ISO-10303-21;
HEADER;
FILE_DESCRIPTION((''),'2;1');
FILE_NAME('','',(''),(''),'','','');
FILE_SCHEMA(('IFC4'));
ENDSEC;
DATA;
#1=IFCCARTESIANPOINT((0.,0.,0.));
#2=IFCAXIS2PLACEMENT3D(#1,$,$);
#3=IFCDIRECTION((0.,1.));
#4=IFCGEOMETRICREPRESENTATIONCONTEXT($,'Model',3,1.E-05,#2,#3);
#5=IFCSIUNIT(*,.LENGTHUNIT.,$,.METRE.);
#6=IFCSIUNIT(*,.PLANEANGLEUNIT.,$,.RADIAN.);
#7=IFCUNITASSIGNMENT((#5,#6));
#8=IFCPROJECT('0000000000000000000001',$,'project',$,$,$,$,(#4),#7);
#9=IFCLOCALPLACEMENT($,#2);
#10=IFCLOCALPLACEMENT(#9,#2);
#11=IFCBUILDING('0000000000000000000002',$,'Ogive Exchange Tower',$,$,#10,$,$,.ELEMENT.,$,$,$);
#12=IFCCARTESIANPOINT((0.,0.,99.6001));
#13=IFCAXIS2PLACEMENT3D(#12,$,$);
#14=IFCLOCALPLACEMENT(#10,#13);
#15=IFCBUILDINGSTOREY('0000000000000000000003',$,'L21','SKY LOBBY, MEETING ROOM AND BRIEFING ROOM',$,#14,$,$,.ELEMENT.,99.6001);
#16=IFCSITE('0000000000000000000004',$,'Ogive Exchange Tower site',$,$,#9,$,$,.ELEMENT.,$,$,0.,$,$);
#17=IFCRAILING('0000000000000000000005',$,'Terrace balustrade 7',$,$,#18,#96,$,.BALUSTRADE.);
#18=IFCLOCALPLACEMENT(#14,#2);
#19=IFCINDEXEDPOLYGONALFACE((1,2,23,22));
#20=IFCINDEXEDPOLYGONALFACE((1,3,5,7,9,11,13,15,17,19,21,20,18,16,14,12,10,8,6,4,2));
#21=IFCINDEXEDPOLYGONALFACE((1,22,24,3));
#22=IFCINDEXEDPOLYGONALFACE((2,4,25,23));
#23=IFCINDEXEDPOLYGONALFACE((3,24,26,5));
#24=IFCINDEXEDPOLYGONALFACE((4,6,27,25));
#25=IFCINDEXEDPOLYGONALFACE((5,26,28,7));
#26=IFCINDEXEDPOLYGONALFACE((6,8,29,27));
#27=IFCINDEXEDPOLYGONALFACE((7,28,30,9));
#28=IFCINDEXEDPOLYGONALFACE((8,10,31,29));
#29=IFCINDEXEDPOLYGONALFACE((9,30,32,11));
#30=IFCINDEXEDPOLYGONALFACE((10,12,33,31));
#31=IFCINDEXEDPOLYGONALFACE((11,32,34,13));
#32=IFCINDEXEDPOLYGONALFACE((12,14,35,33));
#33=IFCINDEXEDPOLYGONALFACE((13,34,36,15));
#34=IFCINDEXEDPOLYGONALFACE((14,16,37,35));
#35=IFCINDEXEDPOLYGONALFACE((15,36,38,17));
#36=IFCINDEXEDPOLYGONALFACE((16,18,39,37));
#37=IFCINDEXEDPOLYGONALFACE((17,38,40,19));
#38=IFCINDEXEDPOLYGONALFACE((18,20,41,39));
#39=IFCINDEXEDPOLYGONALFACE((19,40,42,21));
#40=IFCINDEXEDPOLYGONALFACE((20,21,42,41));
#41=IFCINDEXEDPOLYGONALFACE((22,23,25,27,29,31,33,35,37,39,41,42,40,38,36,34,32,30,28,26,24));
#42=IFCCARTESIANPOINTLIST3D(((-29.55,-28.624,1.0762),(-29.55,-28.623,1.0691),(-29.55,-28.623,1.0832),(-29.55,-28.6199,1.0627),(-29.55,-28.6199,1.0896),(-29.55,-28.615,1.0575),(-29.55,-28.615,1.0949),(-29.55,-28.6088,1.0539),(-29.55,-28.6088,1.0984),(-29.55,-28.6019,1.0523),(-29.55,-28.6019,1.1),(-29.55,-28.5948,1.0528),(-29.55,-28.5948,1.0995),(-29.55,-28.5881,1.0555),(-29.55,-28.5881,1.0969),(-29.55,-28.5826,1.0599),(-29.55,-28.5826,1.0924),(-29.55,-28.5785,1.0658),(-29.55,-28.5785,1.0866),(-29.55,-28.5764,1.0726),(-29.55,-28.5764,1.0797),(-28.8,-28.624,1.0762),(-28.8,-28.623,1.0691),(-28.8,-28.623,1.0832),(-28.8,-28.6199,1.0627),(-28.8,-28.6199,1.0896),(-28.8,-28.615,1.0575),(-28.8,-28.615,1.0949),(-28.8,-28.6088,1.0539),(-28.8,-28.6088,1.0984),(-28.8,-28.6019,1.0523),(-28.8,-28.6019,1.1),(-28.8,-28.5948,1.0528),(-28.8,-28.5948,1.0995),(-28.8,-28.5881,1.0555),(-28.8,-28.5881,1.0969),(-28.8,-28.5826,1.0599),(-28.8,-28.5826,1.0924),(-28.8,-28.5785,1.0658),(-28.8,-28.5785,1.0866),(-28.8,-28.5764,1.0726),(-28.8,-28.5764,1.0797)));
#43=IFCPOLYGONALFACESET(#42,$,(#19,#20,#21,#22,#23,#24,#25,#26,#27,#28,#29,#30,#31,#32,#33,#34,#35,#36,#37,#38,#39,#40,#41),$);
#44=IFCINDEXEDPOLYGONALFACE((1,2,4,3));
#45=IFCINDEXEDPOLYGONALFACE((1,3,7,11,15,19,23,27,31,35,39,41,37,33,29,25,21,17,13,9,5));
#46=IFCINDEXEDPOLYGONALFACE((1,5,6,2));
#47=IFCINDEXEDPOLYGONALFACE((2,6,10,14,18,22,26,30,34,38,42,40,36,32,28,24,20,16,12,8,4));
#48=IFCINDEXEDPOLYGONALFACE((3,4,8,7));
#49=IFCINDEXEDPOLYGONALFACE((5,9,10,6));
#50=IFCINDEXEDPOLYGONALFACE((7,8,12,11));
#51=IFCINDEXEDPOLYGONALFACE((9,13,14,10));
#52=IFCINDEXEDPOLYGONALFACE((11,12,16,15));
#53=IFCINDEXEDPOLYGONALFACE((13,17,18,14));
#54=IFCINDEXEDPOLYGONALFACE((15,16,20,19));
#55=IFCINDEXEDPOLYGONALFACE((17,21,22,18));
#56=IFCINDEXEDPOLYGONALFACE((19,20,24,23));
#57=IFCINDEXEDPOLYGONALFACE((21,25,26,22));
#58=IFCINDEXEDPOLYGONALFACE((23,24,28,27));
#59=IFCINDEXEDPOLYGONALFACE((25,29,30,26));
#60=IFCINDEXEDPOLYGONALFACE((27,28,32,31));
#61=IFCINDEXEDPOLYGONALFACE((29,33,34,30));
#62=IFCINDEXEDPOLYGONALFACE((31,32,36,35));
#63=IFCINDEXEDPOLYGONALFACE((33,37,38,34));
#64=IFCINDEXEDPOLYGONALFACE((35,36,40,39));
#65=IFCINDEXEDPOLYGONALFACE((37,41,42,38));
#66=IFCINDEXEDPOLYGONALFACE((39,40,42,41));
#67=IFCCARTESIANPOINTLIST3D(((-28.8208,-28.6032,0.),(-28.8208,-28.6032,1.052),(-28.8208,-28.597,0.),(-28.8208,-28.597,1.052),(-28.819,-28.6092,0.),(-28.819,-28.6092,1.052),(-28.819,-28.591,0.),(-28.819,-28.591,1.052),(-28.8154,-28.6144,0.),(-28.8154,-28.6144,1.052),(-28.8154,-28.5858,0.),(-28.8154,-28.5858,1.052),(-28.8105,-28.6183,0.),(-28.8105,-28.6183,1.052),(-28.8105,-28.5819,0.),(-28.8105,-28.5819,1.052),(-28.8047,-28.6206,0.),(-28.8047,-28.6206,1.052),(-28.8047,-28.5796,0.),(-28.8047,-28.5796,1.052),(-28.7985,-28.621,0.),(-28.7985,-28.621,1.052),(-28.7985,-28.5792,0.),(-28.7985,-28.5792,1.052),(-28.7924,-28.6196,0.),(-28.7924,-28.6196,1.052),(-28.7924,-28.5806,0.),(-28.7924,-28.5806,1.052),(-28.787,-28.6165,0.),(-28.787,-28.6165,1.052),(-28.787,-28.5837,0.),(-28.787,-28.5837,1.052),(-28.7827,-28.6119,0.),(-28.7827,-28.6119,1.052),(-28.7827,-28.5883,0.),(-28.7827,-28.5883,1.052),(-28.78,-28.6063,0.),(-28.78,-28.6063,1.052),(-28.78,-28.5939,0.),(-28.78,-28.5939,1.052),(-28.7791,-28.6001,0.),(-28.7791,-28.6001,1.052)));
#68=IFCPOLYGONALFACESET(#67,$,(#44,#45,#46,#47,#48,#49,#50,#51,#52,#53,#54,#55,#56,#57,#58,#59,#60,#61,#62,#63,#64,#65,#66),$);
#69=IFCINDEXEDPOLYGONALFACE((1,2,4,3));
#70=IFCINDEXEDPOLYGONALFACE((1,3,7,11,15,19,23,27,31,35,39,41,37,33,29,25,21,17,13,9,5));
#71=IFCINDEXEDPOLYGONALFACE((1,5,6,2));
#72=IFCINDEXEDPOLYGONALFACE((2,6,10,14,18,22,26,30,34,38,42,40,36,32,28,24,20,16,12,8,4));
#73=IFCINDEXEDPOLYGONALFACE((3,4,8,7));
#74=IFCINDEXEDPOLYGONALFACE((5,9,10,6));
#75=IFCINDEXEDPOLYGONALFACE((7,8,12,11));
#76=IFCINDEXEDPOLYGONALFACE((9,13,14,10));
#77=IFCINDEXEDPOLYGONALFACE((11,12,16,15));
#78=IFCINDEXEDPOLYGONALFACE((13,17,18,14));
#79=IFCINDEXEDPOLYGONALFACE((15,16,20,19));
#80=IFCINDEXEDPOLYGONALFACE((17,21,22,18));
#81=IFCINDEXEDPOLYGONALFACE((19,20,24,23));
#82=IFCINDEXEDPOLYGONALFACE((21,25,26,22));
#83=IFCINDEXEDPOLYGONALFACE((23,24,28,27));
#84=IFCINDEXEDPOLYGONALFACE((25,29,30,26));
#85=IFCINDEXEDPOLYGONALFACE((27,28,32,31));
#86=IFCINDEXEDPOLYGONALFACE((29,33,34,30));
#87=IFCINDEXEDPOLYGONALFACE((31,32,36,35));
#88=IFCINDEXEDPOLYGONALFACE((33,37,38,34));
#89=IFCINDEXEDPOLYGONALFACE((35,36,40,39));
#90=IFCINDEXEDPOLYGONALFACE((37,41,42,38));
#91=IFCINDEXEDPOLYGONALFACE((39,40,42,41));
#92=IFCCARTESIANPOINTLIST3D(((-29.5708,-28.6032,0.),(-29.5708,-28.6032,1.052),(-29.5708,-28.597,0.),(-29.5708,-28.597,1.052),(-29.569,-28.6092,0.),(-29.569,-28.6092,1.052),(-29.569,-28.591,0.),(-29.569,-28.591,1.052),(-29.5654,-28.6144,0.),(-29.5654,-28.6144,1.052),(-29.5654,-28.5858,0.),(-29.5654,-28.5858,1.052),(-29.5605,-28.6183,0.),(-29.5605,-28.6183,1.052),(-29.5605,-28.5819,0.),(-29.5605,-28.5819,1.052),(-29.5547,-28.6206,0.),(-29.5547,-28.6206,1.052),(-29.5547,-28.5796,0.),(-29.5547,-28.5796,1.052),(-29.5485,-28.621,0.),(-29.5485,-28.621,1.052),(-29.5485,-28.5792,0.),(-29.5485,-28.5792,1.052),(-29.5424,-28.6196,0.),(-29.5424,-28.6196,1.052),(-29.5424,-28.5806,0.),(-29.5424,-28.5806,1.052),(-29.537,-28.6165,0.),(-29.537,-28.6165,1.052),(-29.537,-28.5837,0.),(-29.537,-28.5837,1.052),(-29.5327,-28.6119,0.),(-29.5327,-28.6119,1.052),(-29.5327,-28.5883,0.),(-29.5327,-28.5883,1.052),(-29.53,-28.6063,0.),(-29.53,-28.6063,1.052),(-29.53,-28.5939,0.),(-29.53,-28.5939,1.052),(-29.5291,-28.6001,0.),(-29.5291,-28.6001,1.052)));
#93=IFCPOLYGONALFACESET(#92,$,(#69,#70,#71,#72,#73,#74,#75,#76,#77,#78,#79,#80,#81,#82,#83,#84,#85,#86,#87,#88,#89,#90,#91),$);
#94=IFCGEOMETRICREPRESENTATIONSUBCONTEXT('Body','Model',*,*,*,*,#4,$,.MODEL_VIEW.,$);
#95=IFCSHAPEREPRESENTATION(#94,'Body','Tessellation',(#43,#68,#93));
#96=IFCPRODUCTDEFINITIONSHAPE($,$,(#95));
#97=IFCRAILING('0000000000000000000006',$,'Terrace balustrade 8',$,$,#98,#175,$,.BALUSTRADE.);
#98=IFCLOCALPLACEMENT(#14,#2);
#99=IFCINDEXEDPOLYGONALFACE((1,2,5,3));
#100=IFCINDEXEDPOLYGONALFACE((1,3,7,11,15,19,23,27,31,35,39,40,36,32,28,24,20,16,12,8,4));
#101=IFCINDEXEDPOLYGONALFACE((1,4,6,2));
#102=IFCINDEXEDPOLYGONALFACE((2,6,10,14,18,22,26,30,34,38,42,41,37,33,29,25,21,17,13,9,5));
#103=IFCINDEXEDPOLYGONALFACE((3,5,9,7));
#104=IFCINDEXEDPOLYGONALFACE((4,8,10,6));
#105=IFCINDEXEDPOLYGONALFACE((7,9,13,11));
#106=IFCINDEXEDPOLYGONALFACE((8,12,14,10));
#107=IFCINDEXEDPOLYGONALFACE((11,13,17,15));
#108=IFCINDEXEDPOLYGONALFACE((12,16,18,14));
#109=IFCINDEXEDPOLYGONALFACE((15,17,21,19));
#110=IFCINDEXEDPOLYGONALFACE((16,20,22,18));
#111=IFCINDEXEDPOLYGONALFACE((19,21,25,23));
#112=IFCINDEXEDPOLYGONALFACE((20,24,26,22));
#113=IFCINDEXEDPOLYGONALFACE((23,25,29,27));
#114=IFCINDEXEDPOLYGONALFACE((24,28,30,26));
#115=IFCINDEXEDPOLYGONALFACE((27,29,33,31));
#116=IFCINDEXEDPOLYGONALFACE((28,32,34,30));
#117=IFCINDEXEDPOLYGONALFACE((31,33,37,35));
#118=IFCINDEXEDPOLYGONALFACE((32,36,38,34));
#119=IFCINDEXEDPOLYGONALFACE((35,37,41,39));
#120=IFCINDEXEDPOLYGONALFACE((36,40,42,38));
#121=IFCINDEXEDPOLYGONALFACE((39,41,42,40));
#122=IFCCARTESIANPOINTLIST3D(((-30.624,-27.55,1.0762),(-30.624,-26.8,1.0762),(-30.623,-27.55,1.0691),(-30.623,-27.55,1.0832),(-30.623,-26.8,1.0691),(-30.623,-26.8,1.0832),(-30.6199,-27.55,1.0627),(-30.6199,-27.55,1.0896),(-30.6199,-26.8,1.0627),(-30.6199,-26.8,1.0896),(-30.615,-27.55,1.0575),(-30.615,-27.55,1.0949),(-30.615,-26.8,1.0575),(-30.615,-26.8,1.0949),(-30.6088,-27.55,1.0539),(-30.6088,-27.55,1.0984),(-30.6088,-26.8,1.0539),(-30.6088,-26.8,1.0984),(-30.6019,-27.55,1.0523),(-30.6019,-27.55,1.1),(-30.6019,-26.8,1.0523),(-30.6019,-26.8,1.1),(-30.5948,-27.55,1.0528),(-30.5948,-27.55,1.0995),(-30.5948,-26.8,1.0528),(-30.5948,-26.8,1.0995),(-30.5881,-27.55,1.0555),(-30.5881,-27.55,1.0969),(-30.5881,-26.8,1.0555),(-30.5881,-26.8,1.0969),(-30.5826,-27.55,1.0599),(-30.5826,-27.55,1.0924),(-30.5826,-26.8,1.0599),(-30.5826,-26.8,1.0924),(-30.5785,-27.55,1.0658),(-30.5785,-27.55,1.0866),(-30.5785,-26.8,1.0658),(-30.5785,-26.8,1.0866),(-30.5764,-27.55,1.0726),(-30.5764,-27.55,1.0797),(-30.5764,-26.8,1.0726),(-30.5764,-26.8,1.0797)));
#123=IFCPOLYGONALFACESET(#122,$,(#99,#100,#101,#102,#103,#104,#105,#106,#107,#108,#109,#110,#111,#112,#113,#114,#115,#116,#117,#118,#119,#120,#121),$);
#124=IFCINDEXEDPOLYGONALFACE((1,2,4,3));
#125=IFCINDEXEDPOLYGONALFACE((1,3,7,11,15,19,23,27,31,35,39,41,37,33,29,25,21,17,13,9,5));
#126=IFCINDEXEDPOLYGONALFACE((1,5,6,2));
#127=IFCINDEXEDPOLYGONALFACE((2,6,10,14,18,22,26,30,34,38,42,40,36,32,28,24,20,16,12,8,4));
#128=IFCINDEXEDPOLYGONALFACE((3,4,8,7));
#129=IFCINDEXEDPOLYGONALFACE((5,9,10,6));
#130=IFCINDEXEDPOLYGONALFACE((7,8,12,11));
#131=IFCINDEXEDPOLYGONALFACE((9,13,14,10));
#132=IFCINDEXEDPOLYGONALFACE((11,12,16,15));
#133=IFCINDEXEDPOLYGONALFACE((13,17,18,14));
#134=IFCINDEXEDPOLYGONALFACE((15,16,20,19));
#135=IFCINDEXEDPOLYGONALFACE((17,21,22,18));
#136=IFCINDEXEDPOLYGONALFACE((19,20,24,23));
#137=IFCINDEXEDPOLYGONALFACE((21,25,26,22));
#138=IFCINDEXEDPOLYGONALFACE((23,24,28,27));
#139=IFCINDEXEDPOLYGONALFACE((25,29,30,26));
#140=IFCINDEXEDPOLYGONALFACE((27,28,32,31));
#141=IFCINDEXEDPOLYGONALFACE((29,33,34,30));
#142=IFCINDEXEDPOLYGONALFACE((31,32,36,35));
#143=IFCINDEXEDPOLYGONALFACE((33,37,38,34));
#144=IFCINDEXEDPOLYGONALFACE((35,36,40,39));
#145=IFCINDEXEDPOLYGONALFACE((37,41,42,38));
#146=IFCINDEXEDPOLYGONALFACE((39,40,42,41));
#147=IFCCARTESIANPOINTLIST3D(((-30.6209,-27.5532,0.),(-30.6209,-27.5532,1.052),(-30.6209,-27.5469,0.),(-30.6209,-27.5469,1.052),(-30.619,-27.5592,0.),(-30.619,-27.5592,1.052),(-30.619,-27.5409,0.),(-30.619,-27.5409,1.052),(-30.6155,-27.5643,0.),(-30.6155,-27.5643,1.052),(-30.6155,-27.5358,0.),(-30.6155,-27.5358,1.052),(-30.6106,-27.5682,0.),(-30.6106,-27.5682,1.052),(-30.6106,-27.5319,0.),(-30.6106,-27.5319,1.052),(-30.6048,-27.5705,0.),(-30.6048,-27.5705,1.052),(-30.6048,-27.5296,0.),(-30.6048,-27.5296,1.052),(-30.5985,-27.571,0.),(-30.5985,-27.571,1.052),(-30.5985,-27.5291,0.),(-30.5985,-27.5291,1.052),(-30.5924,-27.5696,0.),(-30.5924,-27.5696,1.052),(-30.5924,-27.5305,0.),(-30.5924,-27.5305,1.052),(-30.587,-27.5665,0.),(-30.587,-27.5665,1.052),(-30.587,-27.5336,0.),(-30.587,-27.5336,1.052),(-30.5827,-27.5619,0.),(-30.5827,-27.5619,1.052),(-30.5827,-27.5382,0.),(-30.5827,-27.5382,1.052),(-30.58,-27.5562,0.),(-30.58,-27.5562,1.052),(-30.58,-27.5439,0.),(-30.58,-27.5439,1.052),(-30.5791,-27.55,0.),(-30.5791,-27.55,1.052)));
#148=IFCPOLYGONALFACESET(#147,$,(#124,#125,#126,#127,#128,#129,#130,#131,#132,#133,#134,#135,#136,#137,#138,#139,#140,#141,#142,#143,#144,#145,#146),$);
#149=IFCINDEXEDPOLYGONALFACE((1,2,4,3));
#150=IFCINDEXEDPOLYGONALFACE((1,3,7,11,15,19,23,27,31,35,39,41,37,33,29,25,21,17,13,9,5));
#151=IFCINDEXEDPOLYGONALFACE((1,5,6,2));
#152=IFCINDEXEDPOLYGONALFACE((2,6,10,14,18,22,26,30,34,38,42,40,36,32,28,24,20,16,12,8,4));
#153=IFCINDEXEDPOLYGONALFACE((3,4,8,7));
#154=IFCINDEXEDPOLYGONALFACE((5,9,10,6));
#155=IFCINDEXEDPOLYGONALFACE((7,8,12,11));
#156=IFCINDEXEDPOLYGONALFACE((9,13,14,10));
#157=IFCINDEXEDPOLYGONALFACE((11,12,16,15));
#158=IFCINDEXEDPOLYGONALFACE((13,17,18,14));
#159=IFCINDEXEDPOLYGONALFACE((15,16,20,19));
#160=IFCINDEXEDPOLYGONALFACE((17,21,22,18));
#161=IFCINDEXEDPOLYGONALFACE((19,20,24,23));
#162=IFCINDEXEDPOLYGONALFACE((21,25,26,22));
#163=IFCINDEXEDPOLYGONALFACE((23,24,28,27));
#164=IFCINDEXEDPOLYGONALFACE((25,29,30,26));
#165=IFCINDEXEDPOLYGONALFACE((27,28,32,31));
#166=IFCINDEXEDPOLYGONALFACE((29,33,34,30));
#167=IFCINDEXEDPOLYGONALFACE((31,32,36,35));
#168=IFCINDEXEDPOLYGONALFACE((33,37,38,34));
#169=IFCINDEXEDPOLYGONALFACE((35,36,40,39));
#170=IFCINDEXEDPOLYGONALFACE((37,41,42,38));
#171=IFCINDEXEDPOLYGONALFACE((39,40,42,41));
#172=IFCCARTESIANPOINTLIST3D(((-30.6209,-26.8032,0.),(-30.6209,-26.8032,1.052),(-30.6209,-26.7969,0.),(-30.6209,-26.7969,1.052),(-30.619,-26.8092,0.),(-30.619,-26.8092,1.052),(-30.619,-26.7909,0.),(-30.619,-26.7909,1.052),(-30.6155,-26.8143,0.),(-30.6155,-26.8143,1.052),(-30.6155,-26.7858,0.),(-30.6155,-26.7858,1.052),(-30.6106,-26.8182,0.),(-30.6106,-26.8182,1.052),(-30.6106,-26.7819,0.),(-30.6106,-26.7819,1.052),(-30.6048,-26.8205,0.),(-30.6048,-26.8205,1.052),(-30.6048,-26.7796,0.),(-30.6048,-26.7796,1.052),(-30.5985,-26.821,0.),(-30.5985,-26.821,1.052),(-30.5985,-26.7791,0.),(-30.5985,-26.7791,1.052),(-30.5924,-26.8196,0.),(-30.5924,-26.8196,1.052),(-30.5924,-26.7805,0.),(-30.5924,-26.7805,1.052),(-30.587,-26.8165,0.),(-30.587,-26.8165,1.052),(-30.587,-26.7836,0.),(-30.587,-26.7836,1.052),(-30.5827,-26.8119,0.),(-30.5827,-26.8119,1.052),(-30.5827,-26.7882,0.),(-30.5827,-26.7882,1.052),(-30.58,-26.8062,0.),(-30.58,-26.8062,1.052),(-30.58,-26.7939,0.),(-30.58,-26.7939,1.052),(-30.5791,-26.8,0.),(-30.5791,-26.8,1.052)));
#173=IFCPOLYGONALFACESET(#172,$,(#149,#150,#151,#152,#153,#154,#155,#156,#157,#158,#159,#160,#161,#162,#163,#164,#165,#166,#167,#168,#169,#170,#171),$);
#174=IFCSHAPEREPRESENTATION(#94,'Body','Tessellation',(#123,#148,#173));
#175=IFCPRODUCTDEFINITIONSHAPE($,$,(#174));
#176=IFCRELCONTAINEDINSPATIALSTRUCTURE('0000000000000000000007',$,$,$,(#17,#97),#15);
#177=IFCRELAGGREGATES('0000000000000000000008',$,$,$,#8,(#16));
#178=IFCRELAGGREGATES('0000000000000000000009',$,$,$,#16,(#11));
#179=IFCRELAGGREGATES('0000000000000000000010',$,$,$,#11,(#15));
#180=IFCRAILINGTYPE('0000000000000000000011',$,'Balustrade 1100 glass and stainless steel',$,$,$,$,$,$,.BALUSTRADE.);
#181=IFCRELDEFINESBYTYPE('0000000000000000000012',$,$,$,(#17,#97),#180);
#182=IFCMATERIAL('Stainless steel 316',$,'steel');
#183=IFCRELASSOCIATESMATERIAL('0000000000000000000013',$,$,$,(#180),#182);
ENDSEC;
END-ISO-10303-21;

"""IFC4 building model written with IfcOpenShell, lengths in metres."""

from ifc_helpers import new_model, si_unit, direction, frame, origin, origin_2d, place, context, subcontext, project, spatial, circle, extrude, material, type_object, element, save


model = new_model("IFC4")

# Units and contexts
model_context = context("Model", 3, precision=1e-05, world=origin(), true_north=direction((0.0, 1.0)))
body_context = subcontext(model_context, "Body", "Model", "MODEL_VIEW")
ifc_project = project(units=[si_unit("LENGTHUNIT", "METRE"), si_unit("PLANEANGLEUNIT", "RADIAN")], contexts=[model_context])

# Site, building, storey
site_placement = place(None, origin())
site = spatial("IfcSite", under=ifc_project, at=site_placement, Name="Ogive Exchange Tower site", CompositionType="ELEMENT", RefElevation=0.0)
building_placement = place(site_placement, origin())
building = spatial("IfcBuilding", under=site, at=building_placement, Name="Ogive Exchange Tower", CompositionType="ELEMENT")
storey_placement = place(building_placement, frame((0.0, 0.0, 99.6001)))
storey = spatial("IfcBuildingStorey", under=building, at=storey_placement, Name="L21", Description="SKY LOBBY, MEETING ROOM AND BRIEFING ROOM", CompositionType="ELEMENT", Elevation=99.6001)

# Railings
ifc_material_1 = material(Name="Stainless steel 316", Category="steel")
railing_type = type_object("IfcRailingType", Name="Balustrade 1100 glass and stainless steel", PredefinedType="BALUSTRADE", material=ifc_material_1)
railing_1_placement = place(storey_placement, frame((-28.8, -28.6001, 0.0)))
element("IfcRailing", 1, at=railing_1_placement, inside=storey, type_object=railing_type, Name="Terrace balustrade 7", PredefinedType="BALUSTRADE", context=body_context, shape_type="SweptSolid", body=[
    extrude(circle(Radius=0.0239, at=origin_2d()), frame((0.0, 0.0, 1.0762), z_axis=(-1.0, 0.0, 0.0), x_axis=(0.0, -1.0, 0.0)), (0.0, 0.0, 1.0), 0.75),
    extrude(circle(Radius=0.021, at=origin_2d()), origin(), (0.0, 0.0, 1.0), 1.052),
    extrude(circle(Radius=0.021, at=origin_2d()), frame((-0.75, 0.0, 0.0)), (0.0, 0.0, 1.0), 1.052),
])
railing_2_placement = place(storey_placement, frame((-30.6001, -27.55, 0.0)))
element("IfcRailing", 2, at=railing_2_placement, inside=storey, type_object=railing_type, Name="Terrace balustrade 8", PredefinedType="BALUSTRADE", context=body_context, shape_type="SweptSolid", body=[
    extrude(circle(Radius=0.0239, at=origin_2d()), frame((0.0, 0.0, 1.0762), z_axis=(0.0, 1.0, 0.0), x_axis=(-1.0, 0.0, 0.0)), (0.0, 0.0, 1.0), 0.75),
    extrude(circle(Radius=0.021, at=origin_2d()), origin(), (0.0, 0.0, 1.0), 1.052),
    extrude(circle(Radius=0.021, at=origin_2d()), frame((0.0, 0.75, 0.0)), (0.0, 0.0, 1.0), 1.052),
])

save(model, "model.ifc")
